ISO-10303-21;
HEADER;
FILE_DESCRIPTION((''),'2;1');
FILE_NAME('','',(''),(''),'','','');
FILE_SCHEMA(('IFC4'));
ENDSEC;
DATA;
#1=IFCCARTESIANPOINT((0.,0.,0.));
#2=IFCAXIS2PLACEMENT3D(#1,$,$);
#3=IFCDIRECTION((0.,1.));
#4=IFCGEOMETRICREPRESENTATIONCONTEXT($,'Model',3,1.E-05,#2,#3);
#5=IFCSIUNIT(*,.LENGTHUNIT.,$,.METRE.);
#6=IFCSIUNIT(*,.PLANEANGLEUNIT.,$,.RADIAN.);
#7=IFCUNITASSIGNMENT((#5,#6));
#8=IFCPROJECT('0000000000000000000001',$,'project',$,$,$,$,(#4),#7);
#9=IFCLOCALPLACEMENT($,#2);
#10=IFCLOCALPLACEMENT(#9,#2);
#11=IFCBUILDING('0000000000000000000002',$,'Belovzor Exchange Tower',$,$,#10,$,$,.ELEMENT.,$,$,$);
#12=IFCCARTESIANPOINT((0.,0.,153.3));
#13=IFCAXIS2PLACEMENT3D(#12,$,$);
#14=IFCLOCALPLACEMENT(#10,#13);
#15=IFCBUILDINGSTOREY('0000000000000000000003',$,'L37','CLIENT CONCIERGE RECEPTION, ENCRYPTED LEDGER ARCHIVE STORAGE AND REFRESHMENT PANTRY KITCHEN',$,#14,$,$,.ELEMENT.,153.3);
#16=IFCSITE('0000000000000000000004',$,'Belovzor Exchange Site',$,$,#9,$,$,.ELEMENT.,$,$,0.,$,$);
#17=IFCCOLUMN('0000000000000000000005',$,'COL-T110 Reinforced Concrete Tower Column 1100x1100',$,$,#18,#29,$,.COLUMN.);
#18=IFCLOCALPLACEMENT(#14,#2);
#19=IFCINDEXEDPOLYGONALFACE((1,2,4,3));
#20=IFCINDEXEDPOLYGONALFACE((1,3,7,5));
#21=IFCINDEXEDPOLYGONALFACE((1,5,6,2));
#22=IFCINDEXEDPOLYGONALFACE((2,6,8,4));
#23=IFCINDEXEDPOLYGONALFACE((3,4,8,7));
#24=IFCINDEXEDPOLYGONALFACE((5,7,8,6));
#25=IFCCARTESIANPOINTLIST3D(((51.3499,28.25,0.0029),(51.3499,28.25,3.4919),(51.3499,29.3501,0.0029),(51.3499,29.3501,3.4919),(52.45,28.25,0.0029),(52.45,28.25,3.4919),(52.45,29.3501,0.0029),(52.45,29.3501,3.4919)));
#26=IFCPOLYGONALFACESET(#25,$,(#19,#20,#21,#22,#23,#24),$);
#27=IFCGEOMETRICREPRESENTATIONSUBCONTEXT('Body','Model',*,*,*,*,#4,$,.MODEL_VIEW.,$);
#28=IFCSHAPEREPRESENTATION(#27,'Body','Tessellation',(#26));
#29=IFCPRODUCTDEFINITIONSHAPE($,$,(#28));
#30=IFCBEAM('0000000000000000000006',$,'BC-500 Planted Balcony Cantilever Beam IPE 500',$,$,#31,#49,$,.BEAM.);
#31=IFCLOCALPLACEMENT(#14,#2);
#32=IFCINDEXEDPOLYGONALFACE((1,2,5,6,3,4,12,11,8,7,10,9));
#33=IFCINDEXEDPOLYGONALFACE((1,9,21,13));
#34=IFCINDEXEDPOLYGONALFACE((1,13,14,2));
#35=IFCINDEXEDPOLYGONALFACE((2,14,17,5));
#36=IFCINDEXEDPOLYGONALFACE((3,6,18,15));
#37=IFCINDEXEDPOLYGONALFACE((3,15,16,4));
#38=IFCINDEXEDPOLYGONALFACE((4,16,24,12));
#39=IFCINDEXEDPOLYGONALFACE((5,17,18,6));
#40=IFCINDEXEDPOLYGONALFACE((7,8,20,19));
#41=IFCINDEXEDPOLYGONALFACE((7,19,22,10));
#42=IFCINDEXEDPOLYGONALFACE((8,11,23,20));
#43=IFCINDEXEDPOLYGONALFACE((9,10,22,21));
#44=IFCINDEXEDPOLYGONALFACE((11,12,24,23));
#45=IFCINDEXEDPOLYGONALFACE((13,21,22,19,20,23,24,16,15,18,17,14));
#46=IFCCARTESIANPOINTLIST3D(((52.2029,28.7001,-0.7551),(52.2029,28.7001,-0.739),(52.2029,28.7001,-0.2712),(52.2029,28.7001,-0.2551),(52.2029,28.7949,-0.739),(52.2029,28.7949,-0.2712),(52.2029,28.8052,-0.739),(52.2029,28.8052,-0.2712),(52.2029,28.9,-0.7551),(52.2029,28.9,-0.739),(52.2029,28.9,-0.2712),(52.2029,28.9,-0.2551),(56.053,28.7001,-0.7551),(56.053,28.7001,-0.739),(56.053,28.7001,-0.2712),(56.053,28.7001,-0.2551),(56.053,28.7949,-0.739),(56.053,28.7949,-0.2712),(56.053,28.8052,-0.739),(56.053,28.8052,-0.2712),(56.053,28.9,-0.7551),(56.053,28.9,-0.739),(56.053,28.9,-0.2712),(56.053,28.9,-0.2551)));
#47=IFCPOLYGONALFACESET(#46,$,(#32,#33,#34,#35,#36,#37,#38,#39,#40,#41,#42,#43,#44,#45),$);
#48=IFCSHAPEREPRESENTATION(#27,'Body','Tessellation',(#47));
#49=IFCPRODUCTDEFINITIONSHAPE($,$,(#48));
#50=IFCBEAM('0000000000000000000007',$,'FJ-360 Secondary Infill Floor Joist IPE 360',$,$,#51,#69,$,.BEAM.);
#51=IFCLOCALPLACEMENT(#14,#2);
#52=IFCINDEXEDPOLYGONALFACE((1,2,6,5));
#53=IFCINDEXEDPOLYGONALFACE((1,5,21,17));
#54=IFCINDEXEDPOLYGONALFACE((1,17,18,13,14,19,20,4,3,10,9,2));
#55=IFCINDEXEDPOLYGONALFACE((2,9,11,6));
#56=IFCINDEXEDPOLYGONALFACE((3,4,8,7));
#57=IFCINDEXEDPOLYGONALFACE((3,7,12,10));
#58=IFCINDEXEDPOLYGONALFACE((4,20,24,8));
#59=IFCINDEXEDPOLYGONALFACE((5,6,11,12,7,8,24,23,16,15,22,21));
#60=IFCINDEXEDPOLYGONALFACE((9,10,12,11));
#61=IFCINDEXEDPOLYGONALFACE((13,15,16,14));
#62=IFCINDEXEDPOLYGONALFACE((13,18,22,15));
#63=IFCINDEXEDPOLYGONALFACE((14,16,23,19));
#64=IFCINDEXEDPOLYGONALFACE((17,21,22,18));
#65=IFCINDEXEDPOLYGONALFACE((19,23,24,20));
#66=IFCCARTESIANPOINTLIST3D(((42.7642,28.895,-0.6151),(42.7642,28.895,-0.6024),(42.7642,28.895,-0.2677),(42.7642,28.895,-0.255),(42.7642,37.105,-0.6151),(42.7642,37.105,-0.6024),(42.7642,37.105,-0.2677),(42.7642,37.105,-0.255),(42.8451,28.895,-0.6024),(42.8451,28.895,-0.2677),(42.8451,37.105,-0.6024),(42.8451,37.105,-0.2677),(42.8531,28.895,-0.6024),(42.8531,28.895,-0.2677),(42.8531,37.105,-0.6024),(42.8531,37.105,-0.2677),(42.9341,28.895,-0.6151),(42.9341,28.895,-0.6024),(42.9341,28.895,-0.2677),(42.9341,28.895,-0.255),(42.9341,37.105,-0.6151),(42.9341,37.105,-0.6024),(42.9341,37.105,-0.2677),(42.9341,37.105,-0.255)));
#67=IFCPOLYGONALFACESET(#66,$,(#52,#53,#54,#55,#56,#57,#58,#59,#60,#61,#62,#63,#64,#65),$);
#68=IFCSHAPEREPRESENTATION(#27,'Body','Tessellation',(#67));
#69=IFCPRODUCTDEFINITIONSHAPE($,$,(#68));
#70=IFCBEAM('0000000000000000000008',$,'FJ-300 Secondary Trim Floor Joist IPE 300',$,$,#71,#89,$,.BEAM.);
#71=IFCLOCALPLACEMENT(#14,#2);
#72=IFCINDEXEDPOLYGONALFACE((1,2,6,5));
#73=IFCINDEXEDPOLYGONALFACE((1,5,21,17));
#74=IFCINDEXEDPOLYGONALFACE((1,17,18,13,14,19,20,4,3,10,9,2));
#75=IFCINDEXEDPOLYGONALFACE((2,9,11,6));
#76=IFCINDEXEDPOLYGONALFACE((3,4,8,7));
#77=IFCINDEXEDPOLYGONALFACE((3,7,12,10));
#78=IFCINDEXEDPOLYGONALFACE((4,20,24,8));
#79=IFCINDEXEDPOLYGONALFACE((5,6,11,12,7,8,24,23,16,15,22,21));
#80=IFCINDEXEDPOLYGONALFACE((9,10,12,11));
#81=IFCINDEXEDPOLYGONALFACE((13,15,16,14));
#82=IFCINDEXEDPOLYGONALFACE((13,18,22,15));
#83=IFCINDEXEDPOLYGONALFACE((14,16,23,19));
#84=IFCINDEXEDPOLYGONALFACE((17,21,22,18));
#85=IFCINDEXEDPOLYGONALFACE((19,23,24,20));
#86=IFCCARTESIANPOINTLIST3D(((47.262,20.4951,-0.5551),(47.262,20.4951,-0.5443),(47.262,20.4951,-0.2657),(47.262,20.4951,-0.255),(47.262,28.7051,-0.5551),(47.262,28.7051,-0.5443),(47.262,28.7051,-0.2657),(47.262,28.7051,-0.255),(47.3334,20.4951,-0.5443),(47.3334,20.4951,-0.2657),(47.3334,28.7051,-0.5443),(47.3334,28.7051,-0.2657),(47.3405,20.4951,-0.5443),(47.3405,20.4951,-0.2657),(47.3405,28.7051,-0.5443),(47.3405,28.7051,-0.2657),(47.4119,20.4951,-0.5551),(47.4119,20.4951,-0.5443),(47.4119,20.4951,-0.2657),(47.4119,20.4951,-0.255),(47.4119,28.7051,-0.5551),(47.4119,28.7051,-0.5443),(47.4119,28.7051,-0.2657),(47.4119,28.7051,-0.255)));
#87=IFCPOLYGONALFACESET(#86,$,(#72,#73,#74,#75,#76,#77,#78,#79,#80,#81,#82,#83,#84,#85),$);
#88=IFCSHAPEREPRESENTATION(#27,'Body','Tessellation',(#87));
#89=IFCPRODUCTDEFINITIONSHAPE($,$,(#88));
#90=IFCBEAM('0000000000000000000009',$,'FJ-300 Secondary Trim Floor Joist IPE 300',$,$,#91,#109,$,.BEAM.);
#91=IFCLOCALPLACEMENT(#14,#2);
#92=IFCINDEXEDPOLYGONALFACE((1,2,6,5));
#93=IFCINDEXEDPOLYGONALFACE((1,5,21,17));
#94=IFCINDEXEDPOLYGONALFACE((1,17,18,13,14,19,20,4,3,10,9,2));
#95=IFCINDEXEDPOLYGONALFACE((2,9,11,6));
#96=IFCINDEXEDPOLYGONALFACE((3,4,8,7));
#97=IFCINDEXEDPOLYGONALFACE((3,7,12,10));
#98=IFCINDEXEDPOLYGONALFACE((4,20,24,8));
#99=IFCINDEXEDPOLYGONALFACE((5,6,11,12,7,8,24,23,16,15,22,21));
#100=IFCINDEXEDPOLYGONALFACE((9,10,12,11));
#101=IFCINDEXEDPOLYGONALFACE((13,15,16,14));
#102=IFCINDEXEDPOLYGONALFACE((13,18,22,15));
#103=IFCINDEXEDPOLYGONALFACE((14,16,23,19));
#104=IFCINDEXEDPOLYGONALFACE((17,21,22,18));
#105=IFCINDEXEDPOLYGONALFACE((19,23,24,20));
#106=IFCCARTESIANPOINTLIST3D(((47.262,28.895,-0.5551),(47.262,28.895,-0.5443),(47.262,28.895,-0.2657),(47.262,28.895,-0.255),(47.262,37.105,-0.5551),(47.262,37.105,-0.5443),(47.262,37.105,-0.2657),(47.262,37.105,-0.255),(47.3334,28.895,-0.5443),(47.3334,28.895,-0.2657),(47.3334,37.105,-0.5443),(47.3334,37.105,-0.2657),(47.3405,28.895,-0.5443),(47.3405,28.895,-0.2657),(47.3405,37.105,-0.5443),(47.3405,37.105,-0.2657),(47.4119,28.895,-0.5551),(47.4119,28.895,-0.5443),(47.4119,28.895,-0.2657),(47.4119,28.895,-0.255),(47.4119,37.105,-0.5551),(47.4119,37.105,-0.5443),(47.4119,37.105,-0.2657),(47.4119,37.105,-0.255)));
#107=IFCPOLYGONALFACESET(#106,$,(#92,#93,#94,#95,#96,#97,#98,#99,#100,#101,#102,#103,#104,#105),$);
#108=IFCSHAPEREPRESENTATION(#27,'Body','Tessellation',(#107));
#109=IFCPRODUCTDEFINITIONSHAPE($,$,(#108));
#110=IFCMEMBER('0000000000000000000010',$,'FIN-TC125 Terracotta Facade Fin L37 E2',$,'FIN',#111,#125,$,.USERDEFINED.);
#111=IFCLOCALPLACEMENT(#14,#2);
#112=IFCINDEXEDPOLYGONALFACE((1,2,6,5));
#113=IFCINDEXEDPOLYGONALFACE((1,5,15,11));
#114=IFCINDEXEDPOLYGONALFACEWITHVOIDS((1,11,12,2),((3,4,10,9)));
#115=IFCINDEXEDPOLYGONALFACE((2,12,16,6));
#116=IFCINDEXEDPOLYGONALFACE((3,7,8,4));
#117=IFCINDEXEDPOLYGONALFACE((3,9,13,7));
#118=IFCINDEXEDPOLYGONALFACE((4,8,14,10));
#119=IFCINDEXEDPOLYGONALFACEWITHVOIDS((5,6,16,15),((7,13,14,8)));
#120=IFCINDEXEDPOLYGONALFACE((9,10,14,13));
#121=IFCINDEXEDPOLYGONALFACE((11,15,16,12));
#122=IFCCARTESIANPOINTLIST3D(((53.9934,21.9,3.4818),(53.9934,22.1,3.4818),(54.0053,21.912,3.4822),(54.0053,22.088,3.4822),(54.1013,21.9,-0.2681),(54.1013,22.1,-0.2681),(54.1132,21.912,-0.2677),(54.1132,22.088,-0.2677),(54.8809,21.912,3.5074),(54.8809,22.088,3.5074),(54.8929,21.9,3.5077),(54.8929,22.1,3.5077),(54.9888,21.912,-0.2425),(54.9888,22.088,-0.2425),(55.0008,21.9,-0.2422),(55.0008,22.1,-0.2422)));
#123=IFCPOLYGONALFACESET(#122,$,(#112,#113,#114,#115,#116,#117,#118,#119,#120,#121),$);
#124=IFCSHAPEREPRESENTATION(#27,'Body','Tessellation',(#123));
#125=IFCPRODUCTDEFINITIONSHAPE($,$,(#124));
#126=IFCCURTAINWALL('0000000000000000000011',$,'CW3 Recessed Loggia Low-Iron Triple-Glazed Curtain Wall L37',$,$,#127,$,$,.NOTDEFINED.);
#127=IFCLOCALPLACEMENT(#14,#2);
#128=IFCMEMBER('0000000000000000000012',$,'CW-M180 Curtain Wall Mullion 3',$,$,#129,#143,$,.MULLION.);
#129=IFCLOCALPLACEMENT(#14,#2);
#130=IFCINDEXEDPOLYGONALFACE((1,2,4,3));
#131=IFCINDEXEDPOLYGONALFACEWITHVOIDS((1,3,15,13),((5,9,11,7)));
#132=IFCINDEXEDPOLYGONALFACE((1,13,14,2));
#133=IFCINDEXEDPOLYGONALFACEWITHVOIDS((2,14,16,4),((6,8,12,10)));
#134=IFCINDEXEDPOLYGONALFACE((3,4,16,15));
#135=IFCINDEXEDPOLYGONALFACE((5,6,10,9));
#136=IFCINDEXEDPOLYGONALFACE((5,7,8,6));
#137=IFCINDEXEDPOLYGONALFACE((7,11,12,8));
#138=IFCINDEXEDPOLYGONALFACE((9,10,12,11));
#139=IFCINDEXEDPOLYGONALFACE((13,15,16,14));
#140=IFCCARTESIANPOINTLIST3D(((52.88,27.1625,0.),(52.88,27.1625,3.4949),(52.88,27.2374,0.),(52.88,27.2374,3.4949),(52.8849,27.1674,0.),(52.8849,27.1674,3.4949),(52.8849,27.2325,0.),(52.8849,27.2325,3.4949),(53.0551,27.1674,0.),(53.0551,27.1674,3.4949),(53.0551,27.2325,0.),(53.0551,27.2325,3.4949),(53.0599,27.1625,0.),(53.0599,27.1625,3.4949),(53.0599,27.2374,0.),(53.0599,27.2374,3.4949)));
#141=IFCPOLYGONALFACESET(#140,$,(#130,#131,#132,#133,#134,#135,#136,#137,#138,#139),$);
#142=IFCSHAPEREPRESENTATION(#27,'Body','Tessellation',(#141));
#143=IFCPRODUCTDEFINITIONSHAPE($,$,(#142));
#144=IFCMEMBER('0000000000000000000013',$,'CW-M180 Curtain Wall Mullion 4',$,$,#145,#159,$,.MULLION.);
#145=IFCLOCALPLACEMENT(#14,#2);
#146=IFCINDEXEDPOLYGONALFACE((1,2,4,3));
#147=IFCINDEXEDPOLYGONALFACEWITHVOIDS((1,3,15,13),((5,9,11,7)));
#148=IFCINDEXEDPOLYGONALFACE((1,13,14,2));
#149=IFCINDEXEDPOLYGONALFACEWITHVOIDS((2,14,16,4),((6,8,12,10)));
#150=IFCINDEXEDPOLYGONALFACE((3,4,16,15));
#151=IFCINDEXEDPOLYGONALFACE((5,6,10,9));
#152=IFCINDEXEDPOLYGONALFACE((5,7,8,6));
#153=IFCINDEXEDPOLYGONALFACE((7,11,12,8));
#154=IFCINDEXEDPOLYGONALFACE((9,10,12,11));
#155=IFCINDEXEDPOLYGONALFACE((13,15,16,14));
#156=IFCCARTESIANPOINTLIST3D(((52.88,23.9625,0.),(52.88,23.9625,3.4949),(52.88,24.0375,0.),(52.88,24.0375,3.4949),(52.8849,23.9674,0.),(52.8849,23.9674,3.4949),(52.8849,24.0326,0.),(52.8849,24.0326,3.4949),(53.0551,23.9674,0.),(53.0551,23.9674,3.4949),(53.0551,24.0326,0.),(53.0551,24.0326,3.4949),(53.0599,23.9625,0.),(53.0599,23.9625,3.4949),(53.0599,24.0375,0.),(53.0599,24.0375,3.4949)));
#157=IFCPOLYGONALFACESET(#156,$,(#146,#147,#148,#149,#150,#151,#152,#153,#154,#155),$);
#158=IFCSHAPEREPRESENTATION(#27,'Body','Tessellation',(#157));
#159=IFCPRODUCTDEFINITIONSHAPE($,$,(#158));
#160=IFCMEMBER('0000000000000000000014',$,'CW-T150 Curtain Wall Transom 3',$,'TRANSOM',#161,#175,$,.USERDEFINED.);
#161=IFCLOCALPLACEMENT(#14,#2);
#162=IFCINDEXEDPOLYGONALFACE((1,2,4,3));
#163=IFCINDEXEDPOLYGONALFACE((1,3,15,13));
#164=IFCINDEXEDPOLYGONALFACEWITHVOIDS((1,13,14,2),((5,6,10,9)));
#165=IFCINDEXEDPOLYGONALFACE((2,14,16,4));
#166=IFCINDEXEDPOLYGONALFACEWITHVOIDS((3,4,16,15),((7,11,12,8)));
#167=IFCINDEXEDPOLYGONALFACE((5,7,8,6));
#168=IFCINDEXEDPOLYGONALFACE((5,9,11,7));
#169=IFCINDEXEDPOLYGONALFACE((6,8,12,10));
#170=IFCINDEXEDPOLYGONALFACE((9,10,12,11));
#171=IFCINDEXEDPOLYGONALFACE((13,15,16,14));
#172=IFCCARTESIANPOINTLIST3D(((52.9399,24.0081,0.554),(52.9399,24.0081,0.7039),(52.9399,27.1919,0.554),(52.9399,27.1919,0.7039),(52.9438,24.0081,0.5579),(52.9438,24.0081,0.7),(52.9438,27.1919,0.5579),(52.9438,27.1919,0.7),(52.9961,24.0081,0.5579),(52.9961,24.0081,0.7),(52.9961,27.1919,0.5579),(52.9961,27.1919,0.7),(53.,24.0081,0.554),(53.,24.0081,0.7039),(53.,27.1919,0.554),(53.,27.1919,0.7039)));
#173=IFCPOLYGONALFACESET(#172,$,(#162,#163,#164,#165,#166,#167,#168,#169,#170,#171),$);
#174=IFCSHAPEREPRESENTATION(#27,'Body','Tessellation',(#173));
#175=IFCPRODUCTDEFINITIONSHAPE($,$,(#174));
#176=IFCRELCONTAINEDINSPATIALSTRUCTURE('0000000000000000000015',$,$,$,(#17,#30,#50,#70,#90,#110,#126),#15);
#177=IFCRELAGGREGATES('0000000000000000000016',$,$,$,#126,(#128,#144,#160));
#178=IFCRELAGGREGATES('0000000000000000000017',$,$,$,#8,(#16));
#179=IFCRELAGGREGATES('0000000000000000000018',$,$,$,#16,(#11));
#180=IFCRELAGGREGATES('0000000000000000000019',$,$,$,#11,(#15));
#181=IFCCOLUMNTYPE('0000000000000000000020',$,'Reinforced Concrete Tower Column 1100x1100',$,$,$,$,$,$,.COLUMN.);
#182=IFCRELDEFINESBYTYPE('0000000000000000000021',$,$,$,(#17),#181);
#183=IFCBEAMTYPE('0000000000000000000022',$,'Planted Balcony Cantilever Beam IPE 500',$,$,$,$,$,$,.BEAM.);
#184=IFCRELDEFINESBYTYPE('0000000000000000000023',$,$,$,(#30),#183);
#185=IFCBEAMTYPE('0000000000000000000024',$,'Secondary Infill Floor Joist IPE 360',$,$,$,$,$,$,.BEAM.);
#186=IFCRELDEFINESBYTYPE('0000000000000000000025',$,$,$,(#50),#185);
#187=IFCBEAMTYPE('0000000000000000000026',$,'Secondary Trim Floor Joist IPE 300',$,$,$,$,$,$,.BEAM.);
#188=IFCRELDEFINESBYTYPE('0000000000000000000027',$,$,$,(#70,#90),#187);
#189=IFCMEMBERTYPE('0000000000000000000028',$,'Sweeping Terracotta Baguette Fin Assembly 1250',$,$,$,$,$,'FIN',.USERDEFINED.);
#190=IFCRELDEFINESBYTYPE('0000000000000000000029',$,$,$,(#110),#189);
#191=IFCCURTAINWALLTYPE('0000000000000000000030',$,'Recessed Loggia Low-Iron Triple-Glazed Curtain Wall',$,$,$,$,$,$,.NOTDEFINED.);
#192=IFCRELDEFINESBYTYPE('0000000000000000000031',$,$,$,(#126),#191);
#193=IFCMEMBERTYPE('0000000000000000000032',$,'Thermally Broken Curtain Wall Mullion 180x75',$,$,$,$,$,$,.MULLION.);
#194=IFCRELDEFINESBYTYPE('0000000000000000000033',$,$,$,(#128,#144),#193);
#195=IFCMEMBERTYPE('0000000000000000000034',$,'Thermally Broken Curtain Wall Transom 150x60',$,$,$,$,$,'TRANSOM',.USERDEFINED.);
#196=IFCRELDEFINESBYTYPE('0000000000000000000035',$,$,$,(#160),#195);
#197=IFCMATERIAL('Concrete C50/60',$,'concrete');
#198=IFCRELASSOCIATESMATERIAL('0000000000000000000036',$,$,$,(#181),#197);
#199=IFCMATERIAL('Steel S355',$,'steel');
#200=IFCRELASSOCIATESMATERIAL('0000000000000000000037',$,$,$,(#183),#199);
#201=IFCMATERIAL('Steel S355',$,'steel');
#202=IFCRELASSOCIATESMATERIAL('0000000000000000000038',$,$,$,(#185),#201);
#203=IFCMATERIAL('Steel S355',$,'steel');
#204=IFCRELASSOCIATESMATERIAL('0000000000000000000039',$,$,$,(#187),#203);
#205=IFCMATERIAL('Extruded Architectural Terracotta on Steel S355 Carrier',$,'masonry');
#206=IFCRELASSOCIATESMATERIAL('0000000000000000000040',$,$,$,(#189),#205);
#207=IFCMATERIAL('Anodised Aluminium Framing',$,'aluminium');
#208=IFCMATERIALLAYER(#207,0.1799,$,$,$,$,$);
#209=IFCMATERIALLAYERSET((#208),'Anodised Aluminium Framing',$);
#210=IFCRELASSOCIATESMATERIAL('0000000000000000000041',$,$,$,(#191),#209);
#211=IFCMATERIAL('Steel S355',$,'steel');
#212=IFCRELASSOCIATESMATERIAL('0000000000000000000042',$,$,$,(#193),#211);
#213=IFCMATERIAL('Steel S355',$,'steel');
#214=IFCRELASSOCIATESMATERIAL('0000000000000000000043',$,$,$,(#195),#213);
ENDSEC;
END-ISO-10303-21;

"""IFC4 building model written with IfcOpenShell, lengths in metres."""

from ifc_helpers import new_model, si_unit, direction, frame, origin, origin_2d, place, context, subcontext, project, spatial, rectangle, hollow_rectangle, i_section, extrude, material, layer, layer_set, material_profile, profile_set, type_object, element, aggregate, save


model = new_model("IFC4")

# Units and contexts
model_context = context("Model", 3, precision=1e-05, world=origin(), true_north=direction((0.0, 1.0)))
body_context = subcontext(model_context, "Body", "Model", "MODEL_VIEW")
ifc_project = project(units=[si_unit("LENGTHUNIT", "METRE"), si_unit("PLANEANGLEUNIT", "RADIAN")], contexts=[model_context])

# Site, building, storey
site_placement = place(None, origin())
site = spatial("IfcSite", under=ifc_project, at=site_placement, Name="Belovzor Exchange Site", CompositionType="ELEMENT", RefElevation=0.0)
building_placement = place(site_placement, origin())
building = spatial("IfcBuilding", under=site, at=building_placement, Name="Belovzor Exchange Tower", CompositionType="ELEMENT")
storey_placement = place(building_placement, frame((0.0, 0.0, 153.3)))
storey = spatial("IfcBuildingStorey", under=building, at=storey_placement, Name="L37", Description="CLIENT CONCIERGE RECEPTION, ENCRYPTED LEDGER ARCHIVE STORAGE AND REFRESHMENT PANTRY KITCHEN", CompositionType="ELEMENT", Elevation=153.3)

# Column
ifc_material_1 = material(Name="Concrete C50/60", Category="concrete")
ifc_material_profile_1 = material_profile(ifc_material_1, rectangle(XDim=1.1001, YDim=1.1001, at=origin_2d()))
ifc_profile_set_1 = profile_set([ifc_material_profile_1], Name="Concrete C50/60")
column_type = type_object("IfcColumnType", Name="Reinforced Concrete Tower Column 1100x1100", PredefinedType="COLUMN", material=ifc_profile_set_1)
column_placement = place(storey_placement, frame((51.8999, 28.8, 0.0029), z_axis=(0.0, 0.0, 1.0), x_axis=(1.0, 0.0, 0.0)))
element("IfcColumn", 1, at=column_placement, inside=storey, type_object=column_type, Name="COL-T110 Reinforced Concrete Tower Column 1100x1100", PredefinedType="COLUMN", context=body_context, shape_type="SweptSolid", body=[
    extrude(rectangle(XDim=1.1001, YDim=1.1001, at=origin_2d()), origin(), (0.0, 0.0, 1.0), 3.489),
])

# Beams
ifc_material_2 = material(Name="Steel S355", Category="steel")
ifc_material_profile_2 = material_profile(ifc_material_2, i_section(OverallWidth=0.2, OverallDepth=0.5, WebThickness=0.0103, FlangeThickness=0.0161, at=origin_2d()))
ifc_profile_set_2 = profile_set([ifc_material_profile_2], Name="Steel S355")
beam_type_1 = type_object("IfcBeamType", Name="Planted Balcony Cantilever Beam IPE 500", PredefinedType="BEAM", material=ifc_profile_set_2)
beam_1_placement = place(storey_placement, frame((52.2029, 28.8, -0.5051), z_axis=(1.0, 0.0, 0.0), x_axis=(0.0, 1.0, 0.0)))
element("IfcBeam", 2, at=beam_1_placement, inside=storey, type_object=beam_type_1, Name="BC-500 Planted Balcony Cantilever Beam IPE 500", PredefinedType="BEAM", context=body_context, shape_type="SweptSolid", body=[
    extrude(i_section(OverallWidth=0.2, OverallDepth=0.5, WebThickness=0.0103, FlangeThickness=0.0161, at=origin_2d()), origin(), (0.0, 0.0, 1.0), 3.8501),
])
ifc_material_3 = material(Name="Steel S355", Category="steel")
ifc_material_profile_3 = material_profile(ifc_material_3, i_section(OverallWidth=0.1699, OverallDepth=0.3601, WebThickness=0.0081, FlangeThickness=0.0127, at=origin_2d()))
ifc_profile_set_3 = profile_set([ifc_material_profile_3], Name="Steel S355")
beam_type_2 = type_object("IfcBeamType", Name="Secondary Infill Floor Joist IPE 360", PredefinedType="BEAM", material=ifc_profile_set_3)
beam_2_placement = place(storey_placement, frame((42.8491, 28.895, -0.4351), z_axis=(0.0, 1.0, 0.0), x_axis=(-1.0, 0.0, 0.0)))
element("IfcBeam", 3, at=beam_2_placement, inside=storey, type_object=beam_type_2, Name="FJ-360 Secondary Infill Floor Joist IPE 360", PredefinedType="BEAM", context=body_context, shape_type="SweptSolid", body=[
    extrude(i_section(OverallWidth=0.1699, OverallDepth=0.3601, WebThickness=0.0081, FlangeThickness=0.0127, at=origin_2d()), origin(), (0.0, 0.0, 1.0), 8.21),
])
ifc_material_4 = material(Name="Steel S355", Category="steel")
ifc_material_profile_4 = material_profile(ifc_material_4, i_section(OverallWidth=0.1499, OverallDepth=0.3, WebThickness=0.0071, FlangeThickness=0.0107, at=origin_2d()))
ifc_profile_set_4 = profile_set([ifc_material_profile_4], Name="Steel S355")
beam_type_3 = type_object("IfcBeamType", Name="Secondary Trim Floor Joist IPE 300", PredefinedType="BEAM", material=ifc_profile_set_4)
for number, where, z_axis, x_axis, name in (
    (4, (47.3369, 20.4951, -0.405), (0.0, 1.0, 0.0), (-1.0, 0.0, 0.0), "FJ-300 Secondary Trim Floor Joist IPE 300"),
    (5, (47.3369, 28.895, -0.405), (0.0, 1.0, 0.0), (-1.0, 0.0, 0.0), "FJ-300 Secondary Trim Floor Joist IPE 300"),
):
    element("IfcBeam", number, at=place(storey_placement, frame(where, z_axis=z_axis, x_axis=x_axis)), inside=storey, type_object=beam_type_3, Name=name, PredefinedType="BEAM", context=body_context, shape_type="SweptSolid", body=[
        extrude(i_section(OverallWidth=0.1499, OverallDepth=0.3, WebThickness=0.0071, FlangeThickness=0.0107, at=origin_2d()), origin(), (0.0, 0.0, 1.0), 8.21),
    ])

# Member
ifc_material_5 = material(Name="Extruded Architectural Terracotta on Steel S355 Carrier", Category="masonry")
ifc_material_profile_5 = material_profile(ifc_material_5, hollow_rectangle(XDim=0.2, YDim=0.8999, WallThickness=0.012, at=origin_2d()))
ifc_profile_set_5 = profile_set([ifc_material_profile_5], Name="Extruded Architectural Terracotta on Steel S355 Carrier")
member_type_1 = type_object("IfcMemberType", Name="Sweeping Terracotta Baguette Fin Assembly 1250", ElementType="FIN", PredefinedType="USERDEFINED", material=ifc_profile_set_5)
member_1_placement = place(storey_placement, frame((54.551, 22.0, -0.2551), z_axis=(-0.028764, 0.0, 0.999586), x_axis=(0.0, -1.0, 0.0)))
element("IfcMember", 6, at=member_1_placement, inside=storey, type_object=member_type_1, Name="FIN-TC125 Terracotta Facade Fin L37 E2", ObjectType="FIN", PredefinedType="USERDEFINED", context=body_context, shape_type="SweptSolid", body=[
    extrude(hollow_rectangle(XDim=0.2, YDim=0.8999, WallThickness=0.012, at=origin_2d()), origin(), (0.0, 0.0, 1.0), 3.7515),
])

# Curtain wall, members
ifc_material_6 = material(Name="Anodised Aluminium Framing", Category="aluminium")
ifc_layer_1 = layer(ifc_material_6, 0.1799)
ifc_layer_set_1 = layer_set([ifc_layer_1], Name="Anodised Aluminium Framing")
curtain_wall_type = type_object("IfcCurtainWallType", Name="Recessed Loggia Low-Iron Triple-Glazed Curtain Wall", PredefinedType="NOTDEFINED", material=ifc_layer_set_1)
curtain_wall_placement = place(storey_placement, origin())
curtain_wall = element("IfcCurtainWall", 7, at=curtain_wall_placement, inside=storey, type_object=curtain_wall_type, Name="CW3 Recessed Loggia Low-Iron Triple-Glazed Curtain Wall L37", PredefinedType="NOTDEFINED")
ifc_material_7 = material(Name="Steel S355", Category="steel")
ifc_material_profile_6 = material_profile(ifc_material_7, hollow_rectangle(XDim=0.075, YDim=0.1799, WallThickness=0.0049, at=origin_2d()))
ifc_profile_set_6 = profile_set([ifc_material_profile_6], Name="Steel S355")
member_type_2 = type_object("IfcMemberType", Name="Thermally Broken Curtain Wall Mullion 180x75", PredefinedType="MULLION", material=ifc_profile_set_6)
member_2_placement = place(storey_placement, frame((52.97, 27.2, 0.0), z_axis=(0.0, 0.0, 1.0), x_axis=(0.0, -1.0, 0.0)))
member_2 = element("IfcMember", 8, at=member_2_placement, type_object=member_type_2, Name="CW-M180 Curtain Wall Mullion 3", PredefinedType="MULLION", context=body_context, shape_type="SweptSolid", body=[
    extrude(hollow_rectangle(XDim=0.075, YDim=0.1799, WallThickness=0.0049, at=origin_2d()), origin(), (0.0, 0.0, 1.0), 3.4949),
])
member_3_placement = place(storey_placement, frame((52.97, 24.0, 0.0), z_axis=(0.0, 0.0, 1.0), x_axis=(0.0, -1.0, 0.0)))
member_3 = element("IfcMember", 9, at=member_3_placement, type_object=member_type_2, Name="CW-M180 Curtain Wall Mullion 4", PredefinedType="MULLION", context=body_context, shape_type="SweptSolid", body=[
    extrude(hollow_rectangle(XDim=0.075, YDim=0.1799, WallThickness=0.0049, at=origin_2d()), origin(), (0.0, 0.0, 1.0), 3.4949),
])
ifc_material_8 = material(Name="Steel S355", Category="steel")
ifc_material_profile_7 = material_profile(ifc_material_8, hollow_rectangle(XDim=0.0601, YDim=0.1499, WallThickness=0.0039, at=origin_2d()))
ifc_profile_set_7 = profile_set([ifc_material_profile_7], Name="Steel S355")
member_type_3 = type_object("IfcMemberType", Name="Thermally Broken Curtain Wall Transom 150x60", ElementType="TRANSOM", PredefinedType="USERDEFINED", material=ifc_profile_set_7)
member_4_placement = place(storey_placement, frame((52.97, 27.1919, 0.6289), z_axis=(0.0, -1.0, 0.0), x_axis=(1.0, 0.0, 0.0)))
member_4 = element("IfcMember", 10, at=member_4_placement, type_object=member_type_3, Name="CW-T150 Curtain Wall Transom 3", ObjectType="TRANSOM", PredefinedType="USERDEFINED", context=body_context, shape_type="SweptSolid", body=[
    extrude(hollow_rectangle(XDim=0.0601, YDim=0.1499, WallThickness=0.0039, at=origin_2d()), origin(), (0.0, 0.0, 1.0), 3.1838),
])

aggregate(curtain_wall, [member_2, member_3, member_4])

save(model, "model.ifc")
